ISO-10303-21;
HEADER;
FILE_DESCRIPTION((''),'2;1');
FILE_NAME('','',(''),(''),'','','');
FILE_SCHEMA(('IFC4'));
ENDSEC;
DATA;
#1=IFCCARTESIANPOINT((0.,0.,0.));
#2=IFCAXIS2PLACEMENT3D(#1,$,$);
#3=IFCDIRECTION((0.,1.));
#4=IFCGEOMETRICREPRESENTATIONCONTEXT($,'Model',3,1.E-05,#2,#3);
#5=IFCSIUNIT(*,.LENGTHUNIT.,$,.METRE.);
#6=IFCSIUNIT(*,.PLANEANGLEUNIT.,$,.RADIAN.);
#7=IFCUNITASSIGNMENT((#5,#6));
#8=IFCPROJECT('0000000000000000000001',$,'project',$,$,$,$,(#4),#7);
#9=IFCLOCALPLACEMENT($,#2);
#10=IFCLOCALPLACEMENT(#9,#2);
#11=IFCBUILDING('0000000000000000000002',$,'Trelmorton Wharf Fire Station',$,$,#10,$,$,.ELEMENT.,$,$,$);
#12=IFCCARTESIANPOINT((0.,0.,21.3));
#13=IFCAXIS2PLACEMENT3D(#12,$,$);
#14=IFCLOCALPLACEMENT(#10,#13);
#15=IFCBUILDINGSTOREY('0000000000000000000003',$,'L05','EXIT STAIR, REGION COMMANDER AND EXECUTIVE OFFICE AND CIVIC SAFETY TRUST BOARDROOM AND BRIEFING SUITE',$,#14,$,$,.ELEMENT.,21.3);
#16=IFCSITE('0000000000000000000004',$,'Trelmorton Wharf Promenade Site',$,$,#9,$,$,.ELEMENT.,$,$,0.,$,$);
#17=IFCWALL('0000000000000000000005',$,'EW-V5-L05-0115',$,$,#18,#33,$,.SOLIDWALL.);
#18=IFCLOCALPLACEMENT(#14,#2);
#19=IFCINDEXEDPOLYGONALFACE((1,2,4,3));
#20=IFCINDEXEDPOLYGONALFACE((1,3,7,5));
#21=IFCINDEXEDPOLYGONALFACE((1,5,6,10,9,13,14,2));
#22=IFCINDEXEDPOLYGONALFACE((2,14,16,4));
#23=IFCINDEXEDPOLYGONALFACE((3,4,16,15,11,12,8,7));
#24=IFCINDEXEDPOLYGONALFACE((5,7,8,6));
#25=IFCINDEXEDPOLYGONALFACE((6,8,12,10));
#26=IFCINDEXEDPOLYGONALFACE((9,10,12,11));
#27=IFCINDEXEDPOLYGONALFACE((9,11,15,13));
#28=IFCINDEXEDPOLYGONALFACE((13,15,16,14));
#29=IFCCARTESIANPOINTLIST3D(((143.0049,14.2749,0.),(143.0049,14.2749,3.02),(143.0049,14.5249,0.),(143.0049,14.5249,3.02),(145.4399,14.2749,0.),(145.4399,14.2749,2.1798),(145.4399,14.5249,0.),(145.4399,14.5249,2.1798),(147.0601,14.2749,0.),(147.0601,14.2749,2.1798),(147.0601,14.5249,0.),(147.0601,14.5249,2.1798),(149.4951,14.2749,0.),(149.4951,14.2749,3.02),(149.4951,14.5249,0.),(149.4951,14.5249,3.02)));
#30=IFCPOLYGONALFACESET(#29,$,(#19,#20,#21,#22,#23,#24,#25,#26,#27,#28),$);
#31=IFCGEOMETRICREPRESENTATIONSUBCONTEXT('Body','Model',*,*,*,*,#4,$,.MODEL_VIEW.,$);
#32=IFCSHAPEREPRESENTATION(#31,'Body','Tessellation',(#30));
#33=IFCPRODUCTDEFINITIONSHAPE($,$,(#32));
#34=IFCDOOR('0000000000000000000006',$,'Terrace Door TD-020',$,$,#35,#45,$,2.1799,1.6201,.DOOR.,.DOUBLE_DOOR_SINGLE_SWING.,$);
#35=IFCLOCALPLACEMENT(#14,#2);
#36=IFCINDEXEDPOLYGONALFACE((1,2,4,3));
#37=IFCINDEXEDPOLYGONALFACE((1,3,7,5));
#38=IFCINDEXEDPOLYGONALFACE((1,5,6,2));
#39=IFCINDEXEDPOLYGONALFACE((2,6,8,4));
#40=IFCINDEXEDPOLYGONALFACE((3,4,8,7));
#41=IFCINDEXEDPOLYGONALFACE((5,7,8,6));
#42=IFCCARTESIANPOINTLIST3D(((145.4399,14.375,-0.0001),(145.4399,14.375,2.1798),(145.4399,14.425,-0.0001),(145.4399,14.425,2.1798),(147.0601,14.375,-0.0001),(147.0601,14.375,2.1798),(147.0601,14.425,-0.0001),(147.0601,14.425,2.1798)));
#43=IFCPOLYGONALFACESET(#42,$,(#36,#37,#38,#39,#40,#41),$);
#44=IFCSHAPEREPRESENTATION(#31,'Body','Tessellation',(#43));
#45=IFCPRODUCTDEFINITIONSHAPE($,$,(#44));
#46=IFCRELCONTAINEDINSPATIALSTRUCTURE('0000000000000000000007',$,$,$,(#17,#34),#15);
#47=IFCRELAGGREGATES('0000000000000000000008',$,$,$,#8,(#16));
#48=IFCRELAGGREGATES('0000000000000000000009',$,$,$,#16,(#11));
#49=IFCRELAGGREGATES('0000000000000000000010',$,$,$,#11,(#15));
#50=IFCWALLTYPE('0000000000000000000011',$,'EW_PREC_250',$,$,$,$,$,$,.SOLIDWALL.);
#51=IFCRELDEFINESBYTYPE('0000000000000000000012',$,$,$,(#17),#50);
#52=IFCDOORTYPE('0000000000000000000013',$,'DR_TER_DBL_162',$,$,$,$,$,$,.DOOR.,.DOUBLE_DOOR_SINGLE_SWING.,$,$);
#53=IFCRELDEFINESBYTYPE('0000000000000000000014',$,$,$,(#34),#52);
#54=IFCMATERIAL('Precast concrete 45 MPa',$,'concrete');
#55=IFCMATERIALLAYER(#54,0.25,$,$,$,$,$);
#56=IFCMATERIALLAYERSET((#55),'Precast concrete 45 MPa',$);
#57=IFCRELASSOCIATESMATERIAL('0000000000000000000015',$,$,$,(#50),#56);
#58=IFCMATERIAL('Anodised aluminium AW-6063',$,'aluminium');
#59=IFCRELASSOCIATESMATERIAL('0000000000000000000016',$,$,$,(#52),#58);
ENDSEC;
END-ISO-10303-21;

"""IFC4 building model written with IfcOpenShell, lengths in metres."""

from ifc_helpers import new_model, si_unit, direction, frame, frame_2d, origin, place, context, subcontext, project, spatial, rectangle, extrude, material, layer, layer_set, type_object, element, fill, save


model = new_model("IFC4")

# Units and contexts
model_context = context("Model", 3, precision=1e-05, world=origin(), true_north=direction((0.0, 1.0)))
body_context = subcontext(model_context, "Body", "Model", "MODEL_VIEW")
ifc_project = project(units=[si_unit("LENGTHUNIT", "METRE"), si_unit("PLANEANGLEUNIT", "RADIAN")], contexts=[model_context])

# Site, building, storey
site_placement = place(None, origin())
site = spatial("IfcSite", under=ifc_project, at=site_placement, Name="Trelmorton Wharf Promenade Site", CompositionType="ELEMENT", RefElevation=0.0)
building_placement = place(site_placement, origin())
building = spatial("IfcBuilding", under=site, at=building_placement, Name="Trelmorton Wharf Fire Station", CompositionType="ELEMENT")
storey_placement = place(building_placement, frame((0.0, 0.0, 21.3)))
storey = spatial("IfcBuildingStorey", under=building, at=storey_placement, Name="L05", Description="EXIT STAIR, REGION COMMANDER AND EXECUTIVE OFFICE AND CIVIC SAFETY TRUST BOARDROOM AND BRIEFING SUITE", CompositionType="ELEMENT", Elevation=21.3)

# Shared definitions
ifc_material_1 = material(Name="Anodised aluminium AW-6063", Category="aluminium")

# Wall, opening, door
ifc_material_2 = material(Name="Precast concrete 45 MPa", Category="concrete")
ifc_layer_1 = layer(ifc_material_2, 0.25)
ifc_layer_set_1 = layer_set([ifc_layer_1], Name="Precast concrete 45 MPa")
wall_type_1 = type_object("IfcWallType", Name="EW_PREC_250", PredefinedType="SOLIDWALL", material=ifc_layer_set_1)
wall_1_placement = place(storey_placement, frame((149.4951, 14.3999, 0.0), z_axis=(0.0, 0.0, 1.0), x_axis=(-1.0, 0.0, 0.0)))
wall_1 = element("IfcWall", 1, at=wall_1_placement, inside=storey, type_object=wall_type_1, Name="EW-V5-L05-0115", PredefinedType="SOLIDWALL", context=body_context, shape_type="SweptSolid", body=[
    extrude(rectangle(XDim=6.4902, YDim=0.25, at=frame_2d((3.2451, 0.0))), origin(), (0.0, 0.0, 1.0), 3.02),
])
opening_placement = place(wall_1_placement, frame((2.4351, 0.0, 0.0)))
opening = element("IfcOpeningElement", 2, at=opening_placement, cuts=wall_1, PredefinedType="OPENING", context=body_context, shape_type="SweptSolid", body=[
    extrude(rectangle(XDim=1.6201, YDim=2.1799, at=frame_2d((0.8101, 1.0898))), frame((0.0, 0.135, 0.0), z_axis=(0.0, -1.0, 0.0), x_axis=(1.0, 0.0, 0.0)), (0.0, 0.0, 1.0), 0.27),
])
door_type = type_object("IfcDoorType", Name="DR_TER_DBL_162", OperationType="DOUBLE_DOOR_SINGLE_SWING", PredefinedType="DOOR", material=ifc_material_1)
door_placement = place(opening_placement, origin())
door = element("IfcDoor", 3, at=door_placement, inside=storey, type_object=door_type, Name="Terrace Door TD-020", OperationType="DOUBLE_DOOR_SINGLE_SWING", OverallHeight=2.1799, OverallWidth=1.6201, PredefinedType="DOOR", context=body_context, shape_type="SweptSolid", body=[
    extrude(rectangle(XDim=1.6201, YDim=2.1799, at=frame_2d((0.8101, 1.0898))), frame((0.0, 0.0249, 0.0), z_axis=(0.0, -1.0, 0.0), x_axis=(1.0, 0.0, 0.0)), (0.0, 0.0, 1.0), 0.05),
])
fill(opening, door)

save(model, "model.ifc")
